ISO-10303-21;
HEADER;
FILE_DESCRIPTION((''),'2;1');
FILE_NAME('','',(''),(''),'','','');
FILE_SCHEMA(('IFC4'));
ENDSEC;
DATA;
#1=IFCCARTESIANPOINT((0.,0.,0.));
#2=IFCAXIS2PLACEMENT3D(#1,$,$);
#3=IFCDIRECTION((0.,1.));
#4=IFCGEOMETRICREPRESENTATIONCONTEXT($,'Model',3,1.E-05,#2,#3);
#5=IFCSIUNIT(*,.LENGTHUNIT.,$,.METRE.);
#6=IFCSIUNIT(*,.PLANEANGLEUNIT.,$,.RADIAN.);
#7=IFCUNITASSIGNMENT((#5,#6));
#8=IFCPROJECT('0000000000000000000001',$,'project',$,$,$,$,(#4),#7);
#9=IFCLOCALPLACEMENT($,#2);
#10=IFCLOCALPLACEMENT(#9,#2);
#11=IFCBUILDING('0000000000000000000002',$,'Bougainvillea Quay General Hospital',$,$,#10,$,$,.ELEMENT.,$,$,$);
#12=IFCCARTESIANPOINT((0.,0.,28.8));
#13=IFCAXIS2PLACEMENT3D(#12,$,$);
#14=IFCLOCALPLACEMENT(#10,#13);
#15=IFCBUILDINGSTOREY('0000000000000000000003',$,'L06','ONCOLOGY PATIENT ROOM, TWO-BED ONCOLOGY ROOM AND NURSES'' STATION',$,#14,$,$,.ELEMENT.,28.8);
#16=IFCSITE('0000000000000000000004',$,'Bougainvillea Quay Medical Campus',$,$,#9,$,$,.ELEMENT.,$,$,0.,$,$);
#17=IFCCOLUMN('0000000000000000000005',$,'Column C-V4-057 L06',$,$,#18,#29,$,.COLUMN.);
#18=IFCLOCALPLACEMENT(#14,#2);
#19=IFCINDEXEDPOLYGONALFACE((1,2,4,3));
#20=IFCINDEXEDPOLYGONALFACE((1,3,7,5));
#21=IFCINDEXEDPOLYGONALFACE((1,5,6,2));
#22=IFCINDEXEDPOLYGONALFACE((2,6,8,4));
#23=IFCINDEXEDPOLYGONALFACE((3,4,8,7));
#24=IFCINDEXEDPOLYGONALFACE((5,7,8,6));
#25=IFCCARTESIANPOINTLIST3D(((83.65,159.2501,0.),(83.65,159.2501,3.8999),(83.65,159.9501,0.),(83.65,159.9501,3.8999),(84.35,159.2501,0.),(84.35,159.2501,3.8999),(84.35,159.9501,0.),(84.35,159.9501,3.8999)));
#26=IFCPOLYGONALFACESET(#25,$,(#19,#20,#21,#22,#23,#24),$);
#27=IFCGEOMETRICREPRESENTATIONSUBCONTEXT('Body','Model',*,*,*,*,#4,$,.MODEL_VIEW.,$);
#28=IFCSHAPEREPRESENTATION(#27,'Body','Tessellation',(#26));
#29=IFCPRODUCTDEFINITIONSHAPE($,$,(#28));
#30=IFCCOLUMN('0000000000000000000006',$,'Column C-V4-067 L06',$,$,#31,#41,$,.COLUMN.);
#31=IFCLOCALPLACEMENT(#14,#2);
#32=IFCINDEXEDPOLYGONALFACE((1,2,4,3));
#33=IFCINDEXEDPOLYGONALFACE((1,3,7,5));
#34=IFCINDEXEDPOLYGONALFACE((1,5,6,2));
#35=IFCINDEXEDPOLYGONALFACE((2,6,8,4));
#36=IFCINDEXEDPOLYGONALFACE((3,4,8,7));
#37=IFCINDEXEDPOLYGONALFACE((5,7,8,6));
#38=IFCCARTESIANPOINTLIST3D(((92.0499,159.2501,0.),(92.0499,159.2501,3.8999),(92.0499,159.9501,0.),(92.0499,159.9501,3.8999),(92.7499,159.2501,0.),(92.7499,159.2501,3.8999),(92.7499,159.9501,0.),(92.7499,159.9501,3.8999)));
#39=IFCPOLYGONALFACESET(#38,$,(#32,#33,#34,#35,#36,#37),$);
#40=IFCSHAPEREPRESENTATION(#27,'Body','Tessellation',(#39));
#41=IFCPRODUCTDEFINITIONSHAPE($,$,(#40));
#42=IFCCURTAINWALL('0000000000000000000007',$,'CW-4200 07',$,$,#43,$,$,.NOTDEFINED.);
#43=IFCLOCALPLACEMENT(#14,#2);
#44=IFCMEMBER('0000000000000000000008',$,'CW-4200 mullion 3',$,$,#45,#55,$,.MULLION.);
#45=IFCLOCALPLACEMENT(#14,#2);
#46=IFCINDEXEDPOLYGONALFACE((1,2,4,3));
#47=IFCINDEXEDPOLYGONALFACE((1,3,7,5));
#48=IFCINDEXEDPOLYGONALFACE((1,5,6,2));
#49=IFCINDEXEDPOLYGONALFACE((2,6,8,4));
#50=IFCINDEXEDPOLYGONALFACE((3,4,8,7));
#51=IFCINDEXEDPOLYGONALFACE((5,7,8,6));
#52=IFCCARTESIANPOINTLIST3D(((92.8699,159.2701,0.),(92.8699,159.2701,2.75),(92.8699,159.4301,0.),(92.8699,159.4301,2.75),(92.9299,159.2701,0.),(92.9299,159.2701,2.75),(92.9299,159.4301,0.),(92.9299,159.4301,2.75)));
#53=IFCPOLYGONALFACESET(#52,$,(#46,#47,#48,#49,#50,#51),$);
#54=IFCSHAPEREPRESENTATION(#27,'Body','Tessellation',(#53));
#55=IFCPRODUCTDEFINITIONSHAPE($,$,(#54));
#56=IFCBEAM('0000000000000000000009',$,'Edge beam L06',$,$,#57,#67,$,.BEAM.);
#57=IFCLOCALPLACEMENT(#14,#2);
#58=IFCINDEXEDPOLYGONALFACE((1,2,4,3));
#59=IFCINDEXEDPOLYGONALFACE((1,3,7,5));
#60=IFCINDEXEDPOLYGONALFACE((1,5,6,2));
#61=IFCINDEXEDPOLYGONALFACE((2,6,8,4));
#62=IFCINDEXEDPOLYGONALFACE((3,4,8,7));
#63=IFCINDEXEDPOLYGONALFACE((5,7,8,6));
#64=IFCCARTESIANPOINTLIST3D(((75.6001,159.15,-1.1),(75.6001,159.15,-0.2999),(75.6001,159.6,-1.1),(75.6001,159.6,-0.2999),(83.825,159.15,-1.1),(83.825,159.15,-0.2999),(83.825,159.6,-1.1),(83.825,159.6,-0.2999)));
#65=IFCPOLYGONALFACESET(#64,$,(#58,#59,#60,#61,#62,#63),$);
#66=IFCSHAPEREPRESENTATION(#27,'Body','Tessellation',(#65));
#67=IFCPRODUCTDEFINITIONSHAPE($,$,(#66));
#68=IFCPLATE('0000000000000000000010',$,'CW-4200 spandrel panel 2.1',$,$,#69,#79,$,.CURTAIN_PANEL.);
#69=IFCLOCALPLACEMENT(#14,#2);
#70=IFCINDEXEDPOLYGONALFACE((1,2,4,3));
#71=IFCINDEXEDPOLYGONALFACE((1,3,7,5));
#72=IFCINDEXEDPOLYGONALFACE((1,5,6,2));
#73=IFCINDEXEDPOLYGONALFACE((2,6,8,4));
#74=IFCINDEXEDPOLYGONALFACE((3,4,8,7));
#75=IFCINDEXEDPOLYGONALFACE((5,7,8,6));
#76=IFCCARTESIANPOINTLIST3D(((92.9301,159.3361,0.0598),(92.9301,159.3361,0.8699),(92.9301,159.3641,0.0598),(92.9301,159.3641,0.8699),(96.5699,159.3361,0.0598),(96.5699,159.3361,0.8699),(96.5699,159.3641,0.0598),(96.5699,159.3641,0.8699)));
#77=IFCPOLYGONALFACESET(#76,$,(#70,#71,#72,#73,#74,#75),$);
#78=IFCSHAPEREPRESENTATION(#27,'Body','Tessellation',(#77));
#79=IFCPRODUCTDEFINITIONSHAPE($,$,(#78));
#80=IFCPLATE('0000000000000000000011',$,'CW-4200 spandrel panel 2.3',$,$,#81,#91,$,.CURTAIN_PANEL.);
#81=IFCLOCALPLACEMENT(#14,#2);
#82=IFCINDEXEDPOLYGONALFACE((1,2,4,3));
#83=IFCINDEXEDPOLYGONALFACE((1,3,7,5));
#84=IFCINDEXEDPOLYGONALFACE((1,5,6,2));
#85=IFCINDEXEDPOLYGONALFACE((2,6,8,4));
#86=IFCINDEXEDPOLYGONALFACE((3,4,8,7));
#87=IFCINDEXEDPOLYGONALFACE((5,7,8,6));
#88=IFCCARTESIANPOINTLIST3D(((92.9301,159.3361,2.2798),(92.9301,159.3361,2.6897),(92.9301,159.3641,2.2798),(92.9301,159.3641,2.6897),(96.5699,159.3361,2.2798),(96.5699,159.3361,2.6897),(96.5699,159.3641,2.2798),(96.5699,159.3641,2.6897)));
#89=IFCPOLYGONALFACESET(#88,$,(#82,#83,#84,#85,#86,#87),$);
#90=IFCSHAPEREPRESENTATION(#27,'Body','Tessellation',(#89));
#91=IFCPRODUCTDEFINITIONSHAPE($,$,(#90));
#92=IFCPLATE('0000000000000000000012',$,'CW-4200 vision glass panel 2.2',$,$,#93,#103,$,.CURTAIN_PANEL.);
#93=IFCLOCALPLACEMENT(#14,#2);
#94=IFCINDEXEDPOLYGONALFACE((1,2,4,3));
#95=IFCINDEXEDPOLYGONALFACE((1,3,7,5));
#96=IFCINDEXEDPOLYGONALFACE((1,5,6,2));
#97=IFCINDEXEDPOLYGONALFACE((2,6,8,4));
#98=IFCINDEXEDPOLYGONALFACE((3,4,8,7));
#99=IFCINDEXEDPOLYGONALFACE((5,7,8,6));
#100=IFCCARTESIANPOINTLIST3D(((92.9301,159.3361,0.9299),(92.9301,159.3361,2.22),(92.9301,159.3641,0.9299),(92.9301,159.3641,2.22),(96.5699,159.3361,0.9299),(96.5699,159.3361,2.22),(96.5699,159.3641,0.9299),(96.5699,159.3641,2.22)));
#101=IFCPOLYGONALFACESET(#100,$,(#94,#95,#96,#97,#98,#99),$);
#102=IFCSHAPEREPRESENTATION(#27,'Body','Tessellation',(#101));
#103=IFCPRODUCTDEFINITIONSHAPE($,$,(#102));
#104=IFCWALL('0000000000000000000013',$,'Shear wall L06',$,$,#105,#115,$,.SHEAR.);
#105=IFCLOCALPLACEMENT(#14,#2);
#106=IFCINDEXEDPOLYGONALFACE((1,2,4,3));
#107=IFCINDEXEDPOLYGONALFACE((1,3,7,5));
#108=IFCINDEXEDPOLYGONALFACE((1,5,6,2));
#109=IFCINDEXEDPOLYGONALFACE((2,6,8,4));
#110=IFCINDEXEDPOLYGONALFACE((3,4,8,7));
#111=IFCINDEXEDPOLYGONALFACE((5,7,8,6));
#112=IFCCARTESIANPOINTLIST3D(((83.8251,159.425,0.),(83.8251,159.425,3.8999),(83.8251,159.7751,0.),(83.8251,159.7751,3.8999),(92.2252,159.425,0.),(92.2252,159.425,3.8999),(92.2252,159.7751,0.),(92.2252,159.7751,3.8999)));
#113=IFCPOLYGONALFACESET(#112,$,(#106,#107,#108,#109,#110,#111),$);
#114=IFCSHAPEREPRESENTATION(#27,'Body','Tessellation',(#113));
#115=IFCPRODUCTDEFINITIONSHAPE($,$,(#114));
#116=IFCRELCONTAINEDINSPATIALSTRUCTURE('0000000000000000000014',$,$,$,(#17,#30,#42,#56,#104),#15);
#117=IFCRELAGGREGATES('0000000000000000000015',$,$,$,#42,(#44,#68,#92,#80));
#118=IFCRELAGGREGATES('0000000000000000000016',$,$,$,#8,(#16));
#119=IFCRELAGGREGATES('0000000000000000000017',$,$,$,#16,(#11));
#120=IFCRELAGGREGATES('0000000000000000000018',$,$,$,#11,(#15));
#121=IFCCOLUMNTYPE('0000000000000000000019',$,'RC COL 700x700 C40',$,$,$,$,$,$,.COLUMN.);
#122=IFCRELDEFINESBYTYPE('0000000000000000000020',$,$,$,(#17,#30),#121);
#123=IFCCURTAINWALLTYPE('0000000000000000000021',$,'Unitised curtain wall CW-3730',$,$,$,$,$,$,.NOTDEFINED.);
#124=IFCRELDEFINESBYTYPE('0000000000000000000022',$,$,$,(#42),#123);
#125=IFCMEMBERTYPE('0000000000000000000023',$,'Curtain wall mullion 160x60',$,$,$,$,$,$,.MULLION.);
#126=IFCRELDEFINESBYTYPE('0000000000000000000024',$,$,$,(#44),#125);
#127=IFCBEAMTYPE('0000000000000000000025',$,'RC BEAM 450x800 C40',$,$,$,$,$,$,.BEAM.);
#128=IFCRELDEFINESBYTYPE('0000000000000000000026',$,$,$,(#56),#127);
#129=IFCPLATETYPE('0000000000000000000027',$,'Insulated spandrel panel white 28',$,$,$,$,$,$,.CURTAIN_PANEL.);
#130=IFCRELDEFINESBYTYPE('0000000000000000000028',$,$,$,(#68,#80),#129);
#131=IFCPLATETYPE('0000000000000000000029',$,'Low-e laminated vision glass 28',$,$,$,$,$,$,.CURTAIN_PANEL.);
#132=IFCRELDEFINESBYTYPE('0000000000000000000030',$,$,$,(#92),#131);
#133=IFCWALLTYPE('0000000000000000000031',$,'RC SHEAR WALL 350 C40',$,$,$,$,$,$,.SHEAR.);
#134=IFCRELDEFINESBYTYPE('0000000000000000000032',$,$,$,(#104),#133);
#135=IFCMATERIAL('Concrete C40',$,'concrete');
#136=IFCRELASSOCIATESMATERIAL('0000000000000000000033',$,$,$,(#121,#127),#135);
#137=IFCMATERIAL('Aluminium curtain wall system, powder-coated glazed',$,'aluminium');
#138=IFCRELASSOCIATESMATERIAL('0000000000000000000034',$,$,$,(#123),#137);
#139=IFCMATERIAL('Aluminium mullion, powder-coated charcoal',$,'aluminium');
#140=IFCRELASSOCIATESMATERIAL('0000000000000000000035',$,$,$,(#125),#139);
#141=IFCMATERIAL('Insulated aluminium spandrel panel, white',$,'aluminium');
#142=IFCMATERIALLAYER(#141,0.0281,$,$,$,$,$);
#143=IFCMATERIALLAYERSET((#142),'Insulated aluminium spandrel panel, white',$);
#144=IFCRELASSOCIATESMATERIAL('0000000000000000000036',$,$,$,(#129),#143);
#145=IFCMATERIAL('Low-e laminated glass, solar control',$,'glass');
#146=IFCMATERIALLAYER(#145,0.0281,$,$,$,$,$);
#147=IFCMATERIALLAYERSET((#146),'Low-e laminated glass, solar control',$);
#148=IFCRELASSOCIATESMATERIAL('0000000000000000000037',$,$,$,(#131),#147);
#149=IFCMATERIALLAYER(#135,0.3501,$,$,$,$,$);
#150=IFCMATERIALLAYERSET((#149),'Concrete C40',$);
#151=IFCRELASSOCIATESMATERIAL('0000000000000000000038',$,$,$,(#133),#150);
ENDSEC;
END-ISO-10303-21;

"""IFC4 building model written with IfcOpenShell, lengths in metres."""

from ifc_helpers import new_model, si_unit, direction, frame, frame_2d, origin, origin_2d, place, context, subcontext, project, spatial, rectangle, extrude, material, layer, layer_set, material_profile, profile_set, type_object, element, aggregate, save


model = new_model("IFC4")

# Units and contexts
model_context = context("Model", 3, precision=1e-05, world=origin(), true_north=direction((0.0, 1.0)))
body_context = subcontext(model_context, "Body", "Model", "MODEL_VIEW")
ifc_project = project(units=[si_unit("LENGTHUNIT", "METRE"), si_unit("PLANEANGLEUNIT", "RADIAN")], contexts=[model_context])

# Site, building, storey
site_placement = place(None, origin())
site = spatial("IfcSite", under=ifc_project, at=site_placement, Name="Bougainvillea Quay Medical Campus", CompositionType="ELEMENT", RefElevation=0.0)
building_placement = place(site_placement, origin())
building = spatial("IfcBuilding", under=site, at=building_placement, Name="Bougainvillea Quay General Hospital", CompositionType="ELEMENT")
storey_placement = place(building_placement, frame((0.0, 0.0, 28.8)))
storey = spatial("IfcBuildingStorey", under=building, at=storey_placement, Name="L06", Description="ONCOLOGY PATIENT ROOM, TWO-BED ONCOLOGY ROOM AND NURSES' STATION", CompositionType="ELEMENT", Elevation=28.8)

# Columns
ifc_material_1 = material(Name="Concrete C40", Category="concrete")
ifc_material_profile_1 = material_profile(ifc_material_1, rectangle(XDim=0.7, YDim=0.7, at=origin_2d()))
ifc_profile_set_1 = profile_set([ifc_material_profile_1], Name="Concrete C40")
column_type = type_object("IfcColumnType", Name="RC COL 700x700 C40", PredefinedType="COLUMN", material=ifc_profile_set_1)
for number, where, z_axis, x_axis, name in (
    (1, (84.0, 159.6001, 0.0), (0.0, 0.0, 1.0), (1.0, 0.0, 0.0), "Column C-V4-057 L06"),
    (2, (92.3999, 159.6001, 0.0), (0.0, 0.0, 1.0), (1.0, 0.0, 0.0), "Column C-V4-067 L06"),
):
    element("IfcColumn", number, at=place(storey_placement, frame(where, z_axis=z_axis, x_axis=x_axis)), inside=storey, type_object=column_type, Name=name, PredefinedType="COLUMN", context=body_context, shape_type="SweptSolid", body=[
        extrude(rectangle(XDim=0.7, YDim=0.7, at=origin_2d()), origin(), (0.0, 0.0, 1.0), 3.8999),
    ])

# Curtain wall, member
ifc_material_2 = material(Name="Aluminium curtain wall system, powder-coated glazed", Category="aluminium")
curtain_wall_type = type_object("IfcCurtainWallType", Name="Unitised curtain wall CW-3730", PredefinedType="NOTDEFINED", material=ifc_material_2)
curtain_wall_placement = place(storey_placement, origin())
curtain_wall = element("IfcCurtainWall", 3, at=curtain_wall_placement, inside=storey, type_object=curtain_wall_type, Name="CW-4200 07", PredefinedType="NOTDEFINED")
ifc_material_3 = material(Name="Aluminium mullion, powder-coated charcoal", Category="aluminium")
ifc_material_profile_2 = material_profile(ifc_material_3, rectangle(XDim=0.1599, YDim=0.0601, at=origin_2d()))
ifc_profile_set_2 = profile_set([ifc_material_profile_2], Name="Aluminium mullion, powder-coated charcoal")
member_type = type_object("IfcMemberType", Name="Curtain wall mullion 160x60", PredefinedType="MULLION", material=ifc_profile_set_2)
member_placement = place(storey_placement, frame((92.8999, 159.3501, 0.0), z_axis=(0.0, 0.0, 1.0), x_axis=(0.0, -1.0, 0.0)))
member = element("IfcMember", 4, at=member_placement, type_object=member_type, Name="CW-4200 mullion 3", PredefinedType="MULLION", context=body_context, shape_type="SweptSolid", body=[
    extrude(rectangle(XDim=0.1599, YDim=0.0601, at=origin_2d()), origin(), (0.0, 0.0, 1.0), 2.75),
])

# Beam
ifc_material_profile_3 = material_profile(ifc_material_1, rectangle(XDim=0.45, YDim=0.8, at=origin_2d()))
ifc_profile_set_3 = profile_set([ifc_material_profile_3], Name="Concrete C40")
beam_type = type_object("IfcBeamType", Name="RC BEAM 450x800 C40", PredefinedType="BEAM", material=ifc_profile_set_3)
beam_placement = place(storey_placement, frame((83.825, 159.375, -0.7), z_axis=(-1.0, 0.0, 0.0), x_axis=(0.0, -1.0, 0.0)))
element("IfcBeam", 5, at=beam_placement, inside=storey, type_object=beam_type, Name="Edge beam L06", PredefinedType="BEAM", context=body_context, shape_type="SweptSolid", body=[
    extrude(rectangle(XDim=0.45, YDim=0.8, at=origin_2d()), origin(), (0.0, 0.0, 1.0), 8.2249),
])

# Plates
ifc_material_4 = material(Name="Insulated aluminium spandrel panel, white", Category="aluminium")
ifc_layer_1 = layer(ifc_material_4, 0.0281)
ifc_layer_set_1 = layer_set([ifc_layer_1], Name="Insulated aluminium spandrel panel, white")
plate_type_1 = type_object("IfcPlateType", Name="Insulated spandrel panel white 28", PredefinedType="CURTAIN_PANEL", material=ifc_layer_set_1)
plate_1_placement = place(storey_placement, frame((94.75, 159.3501, 0.0598), z_axis=(0.0, 0.0, 1.0), x_axis=(-1.0, 0.0, 0.0)))
plate_1 = element("IfcPlate", 6, at=plate_1_placement, type_object=plate_type_1, Name="CW-4200 spandrel panel 2.1", PredefinedType="CURTAIN_PANEL", context=body_context, shape_type="SweptSolid", body=[
    extrude(rectangle(XDim=3.6399, YDim=0.0281, at=origin_2d()), origin(), (0.0, 0.0, 1.0), 0.8101),
])
plate_2_placement = place(storey_placement, frame((94.75, 159.3501, 2.2798), z_axis=(0.0, 0.0, 1.0), x_axis=(-1.0, 0.0, 0.0)))
plate_2 = element("IfcPlate", 7, at=plate_2_placement, type_object=plate_type_1, Name="CW-4200 spandrel panel 2.3", PredefinedType="CURTAIN_PANEL", context=body_context, shape_type="SweptSolid", body=[
    extrude(rectangle(XDim=3.6399, YDim=0.0281, at=origin_2d()), origin(), (0.0, 0.0, 1.0), 0.4099),
])
ifc_material_5 = material(Name="Low-e laminated glass, solar control", Category="glass")
ifc_layer_2 = layer(ifc_material_5, 0.0281)
ifc_layer_set_2 = layer_set([ifc_layer_2], Name="Low-e laminated glass, solar control")
plate_type_2 = type_object("IfcPlateType", Name="Low-e laminated vision glass 28", PredefinedType="CURTAIN_PANEL", material=ifc_layer_set_2)
plate_3_placement = place(storey_placement, frame((94.75, 159.3501, 0.9299), z_axis=(0.0, 0.0, 1.0), x_axis=(-1.0, 0.0, 0.0)))
plate_3 = element("IfcPlate", 8, at=plate_3_placement, type_object=plate_type_2, Name="CW-4200 vision glass panel 2.2", PredefinedType="CURTAIN_PANEL", context=body_context, shape_type="SweptSolid", body=[
    extrude(rectangle(XDim=3.6399, YDim=0.0281, at=origin_2d()), origin(), (0.0, 0.0, 1.0), 1.29),
])
aggregate(curtain_wall, [member, plate_1, plate_3, plate_2])

# Wall
ifc_layer_3 = layer(ifc_material_1, 0.3501)
ifc_layer_set_3 = layer_set([ifc_layer_3], Name="Concrete C40")
wall_type = type_object("IfcWallType", Name="RC SHEAR WALL 350 C40", PredefinedType="SHEAR", material=ifc_layer_set_3)
wall_placement = place(storey_placement, frame((83.825, 159.6001, 0.0), z_axis=(0.0, 0.0, 1.0), x_axis=(1.0, 0.0, 0.0)))
element("IfcWall", 9, at=wall_placement, inside=storey, type_object=wall_type, Name="Shear wall L06", PredefinedType="SHEAR", context=body_context, shape_type="SweptSolid", body=[
    extrude(rectangle(XDim=8.4001, YDim=0.3501, at=frame_2d((4.2002, 0.0))), origin(), (0.0, 0.0, 1.0), 3.8999),
])

save(model, "model.ifc")
